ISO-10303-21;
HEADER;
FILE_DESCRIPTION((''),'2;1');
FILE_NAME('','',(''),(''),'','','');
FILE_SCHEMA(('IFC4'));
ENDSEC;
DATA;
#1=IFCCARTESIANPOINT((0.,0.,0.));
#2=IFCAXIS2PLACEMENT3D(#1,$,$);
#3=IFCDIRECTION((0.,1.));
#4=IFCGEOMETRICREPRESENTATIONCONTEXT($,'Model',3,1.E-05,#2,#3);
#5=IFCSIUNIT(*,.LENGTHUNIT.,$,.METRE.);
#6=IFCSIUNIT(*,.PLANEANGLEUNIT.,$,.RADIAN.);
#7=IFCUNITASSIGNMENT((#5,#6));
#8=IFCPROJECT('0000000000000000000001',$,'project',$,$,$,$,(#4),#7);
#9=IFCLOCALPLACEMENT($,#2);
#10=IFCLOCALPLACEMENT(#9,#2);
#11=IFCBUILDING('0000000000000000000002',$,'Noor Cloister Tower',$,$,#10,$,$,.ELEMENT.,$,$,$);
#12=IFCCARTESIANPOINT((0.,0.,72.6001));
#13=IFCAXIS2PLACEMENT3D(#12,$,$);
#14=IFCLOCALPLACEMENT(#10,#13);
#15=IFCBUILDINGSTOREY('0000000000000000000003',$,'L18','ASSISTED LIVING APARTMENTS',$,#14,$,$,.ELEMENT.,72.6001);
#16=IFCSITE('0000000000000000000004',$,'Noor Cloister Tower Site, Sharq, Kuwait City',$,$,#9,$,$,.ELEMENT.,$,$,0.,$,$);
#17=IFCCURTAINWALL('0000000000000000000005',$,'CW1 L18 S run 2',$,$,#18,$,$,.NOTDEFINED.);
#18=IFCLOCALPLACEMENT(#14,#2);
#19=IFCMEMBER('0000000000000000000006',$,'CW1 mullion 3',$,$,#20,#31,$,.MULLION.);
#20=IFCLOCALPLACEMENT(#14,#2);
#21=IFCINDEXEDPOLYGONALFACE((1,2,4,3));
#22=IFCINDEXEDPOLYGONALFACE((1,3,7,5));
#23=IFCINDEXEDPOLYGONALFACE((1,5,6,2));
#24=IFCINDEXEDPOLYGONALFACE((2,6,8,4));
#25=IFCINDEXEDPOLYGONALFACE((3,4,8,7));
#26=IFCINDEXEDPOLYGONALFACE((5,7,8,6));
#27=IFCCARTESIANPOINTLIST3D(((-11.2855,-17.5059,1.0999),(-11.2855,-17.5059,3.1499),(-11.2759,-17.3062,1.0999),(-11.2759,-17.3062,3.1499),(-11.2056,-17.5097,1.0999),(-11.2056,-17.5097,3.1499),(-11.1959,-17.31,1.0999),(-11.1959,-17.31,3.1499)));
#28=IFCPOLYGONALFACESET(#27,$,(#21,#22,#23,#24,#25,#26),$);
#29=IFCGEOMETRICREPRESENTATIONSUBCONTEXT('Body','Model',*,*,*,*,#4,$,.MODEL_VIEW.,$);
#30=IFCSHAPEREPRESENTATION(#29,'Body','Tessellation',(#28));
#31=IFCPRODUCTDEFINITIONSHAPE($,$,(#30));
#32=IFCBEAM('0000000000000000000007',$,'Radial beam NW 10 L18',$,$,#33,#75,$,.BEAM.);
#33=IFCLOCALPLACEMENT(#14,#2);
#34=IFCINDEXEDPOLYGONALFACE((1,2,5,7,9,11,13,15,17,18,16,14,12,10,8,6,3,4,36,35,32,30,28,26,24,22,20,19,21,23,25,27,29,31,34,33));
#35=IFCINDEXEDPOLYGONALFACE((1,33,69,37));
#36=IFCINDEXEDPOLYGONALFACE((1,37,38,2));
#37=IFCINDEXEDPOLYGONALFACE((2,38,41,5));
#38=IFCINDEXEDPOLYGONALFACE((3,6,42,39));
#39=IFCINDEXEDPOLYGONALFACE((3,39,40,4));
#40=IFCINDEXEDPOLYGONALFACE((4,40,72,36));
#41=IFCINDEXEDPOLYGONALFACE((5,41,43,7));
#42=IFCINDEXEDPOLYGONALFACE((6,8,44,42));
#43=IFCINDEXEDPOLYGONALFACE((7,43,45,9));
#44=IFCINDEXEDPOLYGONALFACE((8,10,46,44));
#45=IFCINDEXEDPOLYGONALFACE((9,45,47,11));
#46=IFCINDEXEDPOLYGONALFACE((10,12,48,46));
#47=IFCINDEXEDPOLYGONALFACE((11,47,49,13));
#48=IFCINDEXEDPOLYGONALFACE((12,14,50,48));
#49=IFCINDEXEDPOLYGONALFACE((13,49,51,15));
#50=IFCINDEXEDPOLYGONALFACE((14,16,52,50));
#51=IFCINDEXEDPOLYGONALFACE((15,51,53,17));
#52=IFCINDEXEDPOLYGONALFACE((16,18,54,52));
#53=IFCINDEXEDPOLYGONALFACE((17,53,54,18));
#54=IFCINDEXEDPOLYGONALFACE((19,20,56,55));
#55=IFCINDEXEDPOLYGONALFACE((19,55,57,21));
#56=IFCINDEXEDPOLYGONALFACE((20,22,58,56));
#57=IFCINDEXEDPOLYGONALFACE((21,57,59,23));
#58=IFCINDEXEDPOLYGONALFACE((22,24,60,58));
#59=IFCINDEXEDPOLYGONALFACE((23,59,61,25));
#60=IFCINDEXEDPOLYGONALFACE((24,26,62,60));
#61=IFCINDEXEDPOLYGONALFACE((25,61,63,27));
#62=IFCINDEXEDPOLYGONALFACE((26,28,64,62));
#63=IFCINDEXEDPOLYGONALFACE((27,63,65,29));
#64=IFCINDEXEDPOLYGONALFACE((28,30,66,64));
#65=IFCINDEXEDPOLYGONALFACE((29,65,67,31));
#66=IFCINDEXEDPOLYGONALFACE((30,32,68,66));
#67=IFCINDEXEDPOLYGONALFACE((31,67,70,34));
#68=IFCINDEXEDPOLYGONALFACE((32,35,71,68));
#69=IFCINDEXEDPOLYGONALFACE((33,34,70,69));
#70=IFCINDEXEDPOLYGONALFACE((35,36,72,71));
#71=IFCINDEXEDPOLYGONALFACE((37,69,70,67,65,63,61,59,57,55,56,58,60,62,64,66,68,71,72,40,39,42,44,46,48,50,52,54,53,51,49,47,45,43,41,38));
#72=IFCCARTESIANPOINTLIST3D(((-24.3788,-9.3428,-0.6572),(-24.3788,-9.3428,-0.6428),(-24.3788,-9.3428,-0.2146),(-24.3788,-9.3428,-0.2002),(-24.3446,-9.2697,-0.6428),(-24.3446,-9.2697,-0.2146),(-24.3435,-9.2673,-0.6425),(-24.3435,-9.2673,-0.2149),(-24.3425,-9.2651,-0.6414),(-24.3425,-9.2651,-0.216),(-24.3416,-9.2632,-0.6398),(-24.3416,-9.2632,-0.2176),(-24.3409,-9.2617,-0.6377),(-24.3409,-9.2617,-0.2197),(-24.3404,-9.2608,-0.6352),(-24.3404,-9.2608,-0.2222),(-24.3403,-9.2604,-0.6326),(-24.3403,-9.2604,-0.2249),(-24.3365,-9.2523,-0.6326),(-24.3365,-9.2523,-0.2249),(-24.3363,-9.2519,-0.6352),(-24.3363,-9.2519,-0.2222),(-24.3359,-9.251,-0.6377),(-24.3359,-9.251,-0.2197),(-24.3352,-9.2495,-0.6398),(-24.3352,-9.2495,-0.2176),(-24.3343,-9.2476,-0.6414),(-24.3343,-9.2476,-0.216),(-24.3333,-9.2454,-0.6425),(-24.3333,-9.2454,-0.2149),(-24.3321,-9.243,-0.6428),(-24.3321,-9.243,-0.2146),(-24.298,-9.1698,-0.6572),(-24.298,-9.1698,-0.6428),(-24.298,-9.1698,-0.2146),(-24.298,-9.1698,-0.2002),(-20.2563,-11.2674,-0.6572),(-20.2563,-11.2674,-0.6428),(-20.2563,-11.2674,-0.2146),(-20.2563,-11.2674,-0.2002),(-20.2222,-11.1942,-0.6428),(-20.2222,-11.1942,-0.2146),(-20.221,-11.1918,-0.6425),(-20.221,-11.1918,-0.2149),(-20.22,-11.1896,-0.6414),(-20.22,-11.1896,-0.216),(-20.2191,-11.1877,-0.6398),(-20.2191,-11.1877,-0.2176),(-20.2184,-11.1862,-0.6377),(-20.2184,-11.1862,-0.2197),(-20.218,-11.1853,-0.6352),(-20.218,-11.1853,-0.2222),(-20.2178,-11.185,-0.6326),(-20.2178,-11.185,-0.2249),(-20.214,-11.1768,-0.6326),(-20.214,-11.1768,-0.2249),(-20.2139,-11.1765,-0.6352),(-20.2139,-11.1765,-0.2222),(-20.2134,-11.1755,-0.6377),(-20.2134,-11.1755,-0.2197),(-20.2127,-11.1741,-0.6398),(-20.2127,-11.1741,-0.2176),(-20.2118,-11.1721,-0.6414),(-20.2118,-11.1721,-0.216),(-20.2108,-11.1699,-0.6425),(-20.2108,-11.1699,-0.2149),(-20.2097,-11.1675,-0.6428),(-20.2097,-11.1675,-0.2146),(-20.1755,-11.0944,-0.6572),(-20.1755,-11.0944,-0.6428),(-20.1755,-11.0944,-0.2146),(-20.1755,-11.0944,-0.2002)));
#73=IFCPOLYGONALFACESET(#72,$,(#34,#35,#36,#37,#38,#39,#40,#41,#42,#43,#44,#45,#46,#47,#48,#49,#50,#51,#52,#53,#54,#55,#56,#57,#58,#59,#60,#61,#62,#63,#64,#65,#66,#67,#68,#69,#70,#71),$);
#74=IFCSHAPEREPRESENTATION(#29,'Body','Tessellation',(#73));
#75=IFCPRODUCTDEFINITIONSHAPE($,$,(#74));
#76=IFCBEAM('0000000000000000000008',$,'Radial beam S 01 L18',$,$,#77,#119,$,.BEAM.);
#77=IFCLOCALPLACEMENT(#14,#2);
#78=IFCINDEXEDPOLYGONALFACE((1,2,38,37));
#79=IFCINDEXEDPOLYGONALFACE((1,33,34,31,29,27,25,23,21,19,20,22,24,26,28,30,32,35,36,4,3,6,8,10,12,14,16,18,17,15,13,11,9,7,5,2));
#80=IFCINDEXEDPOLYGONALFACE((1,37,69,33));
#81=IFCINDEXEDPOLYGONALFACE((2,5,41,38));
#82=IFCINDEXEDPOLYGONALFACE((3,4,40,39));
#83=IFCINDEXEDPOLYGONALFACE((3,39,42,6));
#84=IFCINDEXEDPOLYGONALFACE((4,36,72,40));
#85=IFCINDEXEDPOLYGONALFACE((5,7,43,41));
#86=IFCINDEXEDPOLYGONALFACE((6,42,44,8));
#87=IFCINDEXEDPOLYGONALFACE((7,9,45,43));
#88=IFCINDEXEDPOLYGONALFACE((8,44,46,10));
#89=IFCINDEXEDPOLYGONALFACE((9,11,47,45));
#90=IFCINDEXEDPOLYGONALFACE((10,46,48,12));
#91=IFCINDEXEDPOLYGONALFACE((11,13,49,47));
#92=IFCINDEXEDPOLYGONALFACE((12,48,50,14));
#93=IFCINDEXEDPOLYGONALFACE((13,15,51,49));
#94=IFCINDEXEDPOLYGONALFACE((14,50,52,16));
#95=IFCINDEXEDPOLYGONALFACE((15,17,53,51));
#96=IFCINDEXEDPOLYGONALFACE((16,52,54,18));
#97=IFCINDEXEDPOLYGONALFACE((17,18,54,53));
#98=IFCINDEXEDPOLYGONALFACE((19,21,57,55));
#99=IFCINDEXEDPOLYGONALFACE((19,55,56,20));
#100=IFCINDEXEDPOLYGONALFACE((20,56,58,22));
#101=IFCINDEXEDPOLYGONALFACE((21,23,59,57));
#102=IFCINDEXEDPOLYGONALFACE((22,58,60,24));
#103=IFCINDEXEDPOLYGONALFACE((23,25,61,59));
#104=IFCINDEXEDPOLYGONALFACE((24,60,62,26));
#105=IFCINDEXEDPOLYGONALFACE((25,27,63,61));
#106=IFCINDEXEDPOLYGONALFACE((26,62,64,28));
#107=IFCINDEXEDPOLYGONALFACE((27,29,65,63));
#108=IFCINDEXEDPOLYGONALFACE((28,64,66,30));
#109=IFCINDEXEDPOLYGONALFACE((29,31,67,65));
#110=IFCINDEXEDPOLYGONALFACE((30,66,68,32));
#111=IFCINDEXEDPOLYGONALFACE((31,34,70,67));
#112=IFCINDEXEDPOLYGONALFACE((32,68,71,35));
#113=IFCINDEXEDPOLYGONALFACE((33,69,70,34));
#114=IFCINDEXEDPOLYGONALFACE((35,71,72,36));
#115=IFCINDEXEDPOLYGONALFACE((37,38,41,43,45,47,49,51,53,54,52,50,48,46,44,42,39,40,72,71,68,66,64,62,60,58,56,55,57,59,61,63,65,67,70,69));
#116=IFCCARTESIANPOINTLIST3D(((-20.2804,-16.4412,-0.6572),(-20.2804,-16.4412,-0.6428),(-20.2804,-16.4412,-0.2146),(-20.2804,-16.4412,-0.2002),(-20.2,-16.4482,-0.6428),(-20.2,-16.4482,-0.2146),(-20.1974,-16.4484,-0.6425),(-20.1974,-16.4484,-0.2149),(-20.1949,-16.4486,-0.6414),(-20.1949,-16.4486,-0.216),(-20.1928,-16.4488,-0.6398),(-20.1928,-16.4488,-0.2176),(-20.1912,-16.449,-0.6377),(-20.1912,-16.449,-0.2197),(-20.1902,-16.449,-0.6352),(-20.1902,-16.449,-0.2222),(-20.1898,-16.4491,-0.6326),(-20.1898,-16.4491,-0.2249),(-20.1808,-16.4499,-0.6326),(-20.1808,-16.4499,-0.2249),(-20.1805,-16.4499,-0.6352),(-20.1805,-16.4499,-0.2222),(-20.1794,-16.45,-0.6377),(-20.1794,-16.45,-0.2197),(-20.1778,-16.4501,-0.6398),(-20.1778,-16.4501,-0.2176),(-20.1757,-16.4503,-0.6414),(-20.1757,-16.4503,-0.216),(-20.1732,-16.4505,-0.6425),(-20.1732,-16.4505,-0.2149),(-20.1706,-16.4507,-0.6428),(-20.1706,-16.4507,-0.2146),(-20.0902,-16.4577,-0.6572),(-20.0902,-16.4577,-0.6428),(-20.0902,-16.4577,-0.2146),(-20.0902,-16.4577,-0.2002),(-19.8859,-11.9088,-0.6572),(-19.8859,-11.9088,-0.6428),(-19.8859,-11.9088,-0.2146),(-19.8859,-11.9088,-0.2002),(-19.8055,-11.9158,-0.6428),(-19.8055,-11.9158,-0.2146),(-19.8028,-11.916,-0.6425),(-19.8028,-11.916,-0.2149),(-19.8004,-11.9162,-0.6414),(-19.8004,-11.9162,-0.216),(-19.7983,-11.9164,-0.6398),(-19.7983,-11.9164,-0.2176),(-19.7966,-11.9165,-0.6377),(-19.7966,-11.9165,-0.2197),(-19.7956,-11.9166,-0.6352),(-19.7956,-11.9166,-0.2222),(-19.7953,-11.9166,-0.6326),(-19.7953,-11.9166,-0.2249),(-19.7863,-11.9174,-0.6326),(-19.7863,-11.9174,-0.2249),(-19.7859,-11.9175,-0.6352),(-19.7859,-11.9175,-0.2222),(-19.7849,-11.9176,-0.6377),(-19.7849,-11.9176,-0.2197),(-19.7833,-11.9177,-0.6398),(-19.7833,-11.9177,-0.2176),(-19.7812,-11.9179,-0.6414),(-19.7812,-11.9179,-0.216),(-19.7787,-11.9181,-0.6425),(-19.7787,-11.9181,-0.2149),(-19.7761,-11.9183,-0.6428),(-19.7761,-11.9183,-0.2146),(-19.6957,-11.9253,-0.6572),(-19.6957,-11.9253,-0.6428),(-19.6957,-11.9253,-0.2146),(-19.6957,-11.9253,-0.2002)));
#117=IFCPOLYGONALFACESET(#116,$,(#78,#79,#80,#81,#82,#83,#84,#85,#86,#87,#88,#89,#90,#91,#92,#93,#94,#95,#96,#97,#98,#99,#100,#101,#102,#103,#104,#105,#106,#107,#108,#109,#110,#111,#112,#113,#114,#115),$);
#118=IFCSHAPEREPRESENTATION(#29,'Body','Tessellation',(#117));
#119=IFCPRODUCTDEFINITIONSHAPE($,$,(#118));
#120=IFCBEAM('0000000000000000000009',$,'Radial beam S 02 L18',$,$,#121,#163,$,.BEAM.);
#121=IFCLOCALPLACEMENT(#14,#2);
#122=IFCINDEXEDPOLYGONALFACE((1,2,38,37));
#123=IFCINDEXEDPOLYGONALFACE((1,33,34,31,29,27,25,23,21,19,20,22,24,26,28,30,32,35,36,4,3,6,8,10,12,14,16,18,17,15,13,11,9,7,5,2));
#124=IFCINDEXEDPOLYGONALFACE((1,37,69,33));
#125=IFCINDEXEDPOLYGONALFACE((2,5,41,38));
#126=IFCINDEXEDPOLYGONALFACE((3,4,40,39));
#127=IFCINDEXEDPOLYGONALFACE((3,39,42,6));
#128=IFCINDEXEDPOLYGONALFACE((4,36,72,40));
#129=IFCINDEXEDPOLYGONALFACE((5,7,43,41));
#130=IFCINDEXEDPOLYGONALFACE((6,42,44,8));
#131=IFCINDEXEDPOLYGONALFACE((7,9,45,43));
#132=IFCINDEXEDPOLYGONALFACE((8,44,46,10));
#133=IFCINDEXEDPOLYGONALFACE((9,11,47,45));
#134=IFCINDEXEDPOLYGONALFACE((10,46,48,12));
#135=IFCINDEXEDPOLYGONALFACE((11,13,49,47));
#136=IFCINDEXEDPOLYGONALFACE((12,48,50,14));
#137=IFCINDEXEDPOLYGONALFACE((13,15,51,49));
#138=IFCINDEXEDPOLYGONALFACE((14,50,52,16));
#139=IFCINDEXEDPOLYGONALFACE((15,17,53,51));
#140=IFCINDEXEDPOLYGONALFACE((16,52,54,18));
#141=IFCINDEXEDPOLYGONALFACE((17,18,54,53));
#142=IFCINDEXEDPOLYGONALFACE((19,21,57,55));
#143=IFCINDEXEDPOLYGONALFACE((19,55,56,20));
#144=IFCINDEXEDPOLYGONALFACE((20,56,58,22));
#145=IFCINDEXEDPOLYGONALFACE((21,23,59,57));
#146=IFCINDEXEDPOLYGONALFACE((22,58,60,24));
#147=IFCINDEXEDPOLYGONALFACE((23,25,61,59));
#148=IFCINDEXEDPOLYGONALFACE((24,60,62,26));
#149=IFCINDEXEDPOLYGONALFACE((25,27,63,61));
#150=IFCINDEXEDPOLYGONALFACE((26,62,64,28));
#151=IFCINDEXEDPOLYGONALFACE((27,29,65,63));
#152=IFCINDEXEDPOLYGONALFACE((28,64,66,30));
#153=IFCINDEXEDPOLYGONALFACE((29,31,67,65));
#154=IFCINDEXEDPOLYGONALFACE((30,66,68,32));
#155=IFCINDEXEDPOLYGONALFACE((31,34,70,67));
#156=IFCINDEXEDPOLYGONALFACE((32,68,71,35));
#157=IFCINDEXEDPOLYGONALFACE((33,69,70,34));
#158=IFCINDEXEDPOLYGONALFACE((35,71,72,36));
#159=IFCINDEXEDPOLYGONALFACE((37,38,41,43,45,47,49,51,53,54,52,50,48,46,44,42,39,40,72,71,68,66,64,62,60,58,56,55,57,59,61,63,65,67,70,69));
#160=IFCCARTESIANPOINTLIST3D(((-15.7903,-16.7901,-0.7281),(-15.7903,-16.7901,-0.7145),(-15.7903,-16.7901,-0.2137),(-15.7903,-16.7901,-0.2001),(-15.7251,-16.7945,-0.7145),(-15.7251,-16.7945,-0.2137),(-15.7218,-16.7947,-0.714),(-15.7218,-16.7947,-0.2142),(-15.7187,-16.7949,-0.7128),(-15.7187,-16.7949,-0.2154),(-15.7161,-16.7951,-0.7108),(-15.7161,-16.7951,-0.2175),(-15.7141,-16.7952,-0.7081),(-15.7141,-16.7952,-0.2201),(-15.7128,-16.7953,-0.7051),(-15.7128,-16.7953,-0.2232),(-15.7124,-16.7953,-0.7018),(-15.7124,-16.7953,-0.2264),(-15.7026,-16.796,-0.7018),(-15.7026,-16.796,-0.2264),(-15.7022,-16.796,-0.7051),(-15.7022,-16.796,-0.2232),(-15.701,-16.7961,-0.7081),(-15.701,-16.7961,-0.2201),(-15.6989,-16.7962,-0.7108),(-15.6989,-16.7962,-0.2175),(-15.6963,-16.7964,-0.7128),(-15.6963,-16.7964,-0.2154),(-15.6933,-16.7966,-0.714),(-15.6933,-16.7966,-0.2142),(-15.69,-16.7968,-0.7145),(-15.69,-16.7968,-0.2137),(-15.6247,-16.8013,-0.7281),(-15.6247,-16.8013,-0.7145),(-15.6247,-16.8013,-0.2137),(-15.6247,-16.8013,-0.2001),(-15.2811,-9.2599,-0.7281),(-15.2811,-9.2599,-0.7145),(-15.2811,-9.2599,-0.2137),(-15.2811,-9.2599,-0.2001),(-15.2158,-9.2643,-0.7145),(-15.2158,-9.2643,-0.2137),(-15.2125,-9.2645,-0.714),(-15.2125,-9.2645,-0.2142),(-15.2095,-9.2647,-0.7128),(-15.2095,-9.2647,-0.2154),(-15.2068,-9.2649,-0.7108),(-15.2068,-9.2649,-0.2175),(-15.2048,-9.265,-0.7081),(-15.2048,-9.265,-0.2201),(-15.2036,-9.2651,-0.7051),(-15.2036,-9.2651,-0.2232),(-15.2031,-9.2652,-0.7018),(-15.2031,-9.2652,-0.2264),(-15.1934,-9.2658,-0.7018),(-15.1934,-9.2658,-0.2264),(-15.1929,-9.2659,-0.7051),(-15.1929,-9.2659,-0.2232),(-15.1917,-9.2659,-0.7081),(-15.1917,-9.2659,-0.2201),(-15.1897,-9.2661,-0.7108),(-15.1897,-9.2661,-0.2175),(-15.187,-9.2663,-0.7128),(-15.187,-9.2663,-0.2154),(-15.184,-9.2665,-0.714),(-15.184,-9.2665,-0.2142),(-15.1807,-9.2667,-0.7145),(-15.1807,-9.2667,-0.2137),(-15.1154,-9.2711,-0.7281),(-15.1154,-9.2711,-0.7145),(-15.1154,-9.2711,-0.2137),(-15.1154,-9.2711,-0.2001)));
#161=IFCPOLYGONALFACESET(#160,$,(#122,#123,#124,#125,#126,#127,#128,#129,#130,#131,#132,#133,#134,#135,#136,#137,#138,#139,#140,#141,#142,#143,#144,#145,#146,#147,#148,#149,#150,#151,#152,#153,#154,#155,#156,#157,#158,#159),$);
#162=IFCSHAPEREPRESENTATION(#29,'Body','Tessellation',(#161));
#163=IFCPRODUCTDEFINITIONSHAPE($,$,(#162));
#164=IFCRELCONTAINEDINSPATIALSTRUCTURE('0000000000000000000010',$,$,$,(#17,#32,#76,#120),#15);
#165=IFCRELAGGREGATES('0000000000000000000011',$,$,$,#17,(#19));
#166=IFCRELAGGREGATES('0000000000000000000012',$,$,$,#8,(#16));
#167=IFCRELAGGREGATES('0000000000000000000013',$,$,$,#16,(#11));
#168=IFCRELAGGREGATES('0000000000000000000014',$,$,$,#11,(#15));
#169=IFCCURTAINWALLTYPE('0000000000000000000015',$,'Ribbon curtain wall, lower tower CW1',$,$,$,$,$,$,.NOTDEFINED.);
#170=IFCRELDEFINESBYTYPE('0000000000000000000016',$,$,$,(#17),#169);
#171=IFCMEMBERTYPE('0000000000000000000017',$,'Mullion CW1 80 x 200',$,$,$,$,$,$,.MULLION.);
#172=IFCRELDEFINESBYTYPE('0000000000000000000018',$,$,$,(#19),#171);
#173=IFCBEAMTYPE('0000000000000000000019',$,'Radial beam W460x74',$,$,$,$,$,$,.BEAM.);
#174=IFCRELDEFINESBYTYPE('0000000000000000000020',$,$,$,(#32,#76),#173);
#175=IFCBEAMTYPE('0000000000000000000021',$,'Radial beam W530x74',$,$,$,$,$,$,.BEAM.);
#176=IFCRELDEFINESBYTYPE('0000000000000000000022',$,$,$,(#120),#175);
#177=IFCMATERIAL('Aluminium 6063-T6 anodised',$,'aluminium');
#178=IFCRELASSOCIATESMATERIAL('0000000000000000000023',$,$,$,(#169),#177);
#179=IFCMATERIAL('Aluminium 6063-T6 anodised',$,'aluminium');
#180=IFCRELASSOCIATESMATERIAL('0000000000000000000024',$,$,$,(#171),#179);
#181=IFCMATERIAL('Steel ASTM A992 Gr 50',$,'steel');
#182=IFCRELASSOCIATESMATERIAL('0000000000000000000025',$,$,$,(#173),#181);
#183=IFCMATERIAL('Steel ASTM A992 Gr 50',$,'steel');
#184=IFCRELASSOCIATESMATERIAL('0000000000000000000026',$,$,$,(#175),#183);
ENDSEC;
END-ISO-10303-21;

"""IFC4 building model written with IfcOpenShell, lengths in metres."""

from ifc_helpers import new_model, si_unit, direction, frame, origin, origin_2d, place, context, subcontext, project, spatial, rectangle, i_section, extrude, material, material_profile, profile_set, type_object, element, aggregate, save


model = new_model("IFC4")

# Units and contexts
model_context = context("Model", 3, precision=1e-05, world=origin(), true_north=direction((0.0, 1.0)))
body_context = subcontext(model_context, "Body", "Model", "MODEL_VIEW")
ifc_project = project(units=[si_unit("LENGTHUNIT", "METRE"), si_unit("PLANEANGLEUNIT", "RADIAN")], contexts=[model_context])

# Site, building, storey
site_placement = place(None, origin())
site = spatial("IfcSite", under=ifc_project, at=site_placement, Name="Noor Cloister Tower Site, Sharq, Kuwait City", CompositionType="ELEMENT", RefElevation=0.0)
building_placement = place(site_placement, origin())
building = spatial("IfcBuilding", under=site, at=building_placement, Name="Noor Cloister Tower", CompositionType="ELEMENT")
storey_placement = place(building_placement, frame((0.0, 0.0, 72.6001)))
storey = spatial("IfcBuildingStorey", under=building, at=storey_placement, Name="L18", Description="ASSISTED LIVING APARTMENTS", CompositionType="ELEMENT", Elevation=72.6001)

# Shared definitions
ifc_material_1 = material(Name="Aluminium 6063-T6 anodised", Category="aluminium")
curtain_wall_type = type_object("IfcCurtainWallType", Name="Ribbon curtain wall, lower tower CW1", PredefinedType="NOTDEFINED", material=ifc_material_1)
ifc_material_2 = material(Name="Aluminium 6063-T6 anodised", Category="aluminium")
ifc_material_profile_1 = material_profile(ifc_material_2, rectangle(XDim=0.2, YDim=0.0801, at=origin_2d()), Name="200 x 80 mullion")
ifc_profile_set_1 = profile_set([ifc_material_profile_1], Name="Aluminium 6063-T6 anodised")
member_type = type_object("IfcMemberType", Name="Mullion CW1 80 x 200", PredefinedType="MULLION", material=ifc_profile_set_1)

# Curtain wall, member
curtain_wall_1_placement = place(storey_placement, origin())
curtain_wall_1 = element("IfcCurtainWall", 1, at=curtain_wall_1_placement, inside=storey, type_object=curtain_wall_type, Name="CW1 L18 S run 2", PredefinedType="NOTDEFINED")
member_1_placement = place(storey_placement, frame((-11.2407, -17.408, 1.0999), z_axis=(0.0, 0.0, 1.0), x_axis=(0.048212, 0.998837, 0.0)))
member_1 = element("IfcMember", 2, at=member_1_placement, type_object=member_type, Name="CW1 mullion 3", PredefinedType="MULLION", context=body_context, shape_type="SweptSolid", body=[
    extrude(rectangle(XDim=0.2, YDim=0.0801, at=origin_2d()), origin(), (0.0, 0.0, 1.0), 2.05),
])

# Beams
ifc_material_3 = material(Name="Steel ASTM A992 Gr 50", Category="steel")
ifc_material_profile_2 = material_profile(ifc_material_3, i_section(OverallWidth=0.1909, OverallDepth=0.457, WebThickness=0.009, FlangeThickness=0.0144, FilletRadius=0.0103, at=origin_2d()), Name="W460x74")
ifc_profile_set_2 = profile_set([ifc_material_profile_2], Name="Steel ASTM A992 Gr 50")
beam_type_1 = type_object("IfcBeamType", Name="Radial beam W460x74", PredefinedType="BEAM", material=ifc_profile_set_2)
for number, where, z_axis, x_axis, name in (
    (3, (-24.3384, -9.2563, -0.4287), (0.906124, -0.423012, 0.0), (0.423012, 0.906124, 0.0), "Radial beam NW 10 L18"),
    (4, (-20.1853, -16.4495, -0.4287), (0.086718, 0.996233, 0.0), (-0.996233, 0.086718, 0.0), "Radial beam S 01 L18"),
):
    element("IfcBeam", number, at=place(storey_placement, frame(where, z_axis=z_axis, x_axis=x_axis)), inside=storey, type_object=beam_type_1, Name=name, PredefinedType="BEAM", context=body_context, shape_type="SweptSolid", body=[
        extrude(i_section(OverallWidth=0.1909, OverallDepth=0.457, WebThickness=0.009, FlangeThickness=0.0144, FilletRadius=0.0103, at=origin_2d()), origin(), (0.0, 0.0, 1.0), 4.5496),
    ])
ifc_material_4 = material(Name="Steel ASTM A992 Gr 50", Category="steel")
ifc_material_profile_3 = material_profile(ifc_material_4, i_section(OverallWidth=0.166, OverallDepth=0.5281, WebThickness=0.0098, FlangeThickness=0.0137, FilletRadius=0.0127, at=origin_2d()), Name="W530x74")
ifc_profile_set_3 = profile_set([ifc_material_profile_3], Name="Steel ASTM A992 Gr 50")
beam_type_2 = type_object("IfcBeamType", Name="Radial beam W530x74", PredefinedType="BEAM", material=ifc_profile_set_3)
beam_1_placement = place(storey_placement, frame((-15.7075, -16.7957, -0.4641), z_axis=(0.067477, 0.997721, 0.0), x_axis=(-0.997721, 0.067477, 0.0)))
element("IfcBeam", 5, at=beam_1_placement, inside=storey, type_object=beam_type_2, Name="Radial beam S 02 L18", PredefinedType="BEAM", context=body_context, shape_type="SweptSolid", body=[
    extrude(i_section(OverallWidth=0.166, OverallDepth=0.5281, WebThickness=0.0098, FlangeThickness=0.0137, FilletRadius=0.0127, at=origin_2d()), origin(), (0.0, 0.0, 1.0), 7.5474),
])

aggregate(curtain_wall_1, [member_1])

save(model, "model.ifc")
